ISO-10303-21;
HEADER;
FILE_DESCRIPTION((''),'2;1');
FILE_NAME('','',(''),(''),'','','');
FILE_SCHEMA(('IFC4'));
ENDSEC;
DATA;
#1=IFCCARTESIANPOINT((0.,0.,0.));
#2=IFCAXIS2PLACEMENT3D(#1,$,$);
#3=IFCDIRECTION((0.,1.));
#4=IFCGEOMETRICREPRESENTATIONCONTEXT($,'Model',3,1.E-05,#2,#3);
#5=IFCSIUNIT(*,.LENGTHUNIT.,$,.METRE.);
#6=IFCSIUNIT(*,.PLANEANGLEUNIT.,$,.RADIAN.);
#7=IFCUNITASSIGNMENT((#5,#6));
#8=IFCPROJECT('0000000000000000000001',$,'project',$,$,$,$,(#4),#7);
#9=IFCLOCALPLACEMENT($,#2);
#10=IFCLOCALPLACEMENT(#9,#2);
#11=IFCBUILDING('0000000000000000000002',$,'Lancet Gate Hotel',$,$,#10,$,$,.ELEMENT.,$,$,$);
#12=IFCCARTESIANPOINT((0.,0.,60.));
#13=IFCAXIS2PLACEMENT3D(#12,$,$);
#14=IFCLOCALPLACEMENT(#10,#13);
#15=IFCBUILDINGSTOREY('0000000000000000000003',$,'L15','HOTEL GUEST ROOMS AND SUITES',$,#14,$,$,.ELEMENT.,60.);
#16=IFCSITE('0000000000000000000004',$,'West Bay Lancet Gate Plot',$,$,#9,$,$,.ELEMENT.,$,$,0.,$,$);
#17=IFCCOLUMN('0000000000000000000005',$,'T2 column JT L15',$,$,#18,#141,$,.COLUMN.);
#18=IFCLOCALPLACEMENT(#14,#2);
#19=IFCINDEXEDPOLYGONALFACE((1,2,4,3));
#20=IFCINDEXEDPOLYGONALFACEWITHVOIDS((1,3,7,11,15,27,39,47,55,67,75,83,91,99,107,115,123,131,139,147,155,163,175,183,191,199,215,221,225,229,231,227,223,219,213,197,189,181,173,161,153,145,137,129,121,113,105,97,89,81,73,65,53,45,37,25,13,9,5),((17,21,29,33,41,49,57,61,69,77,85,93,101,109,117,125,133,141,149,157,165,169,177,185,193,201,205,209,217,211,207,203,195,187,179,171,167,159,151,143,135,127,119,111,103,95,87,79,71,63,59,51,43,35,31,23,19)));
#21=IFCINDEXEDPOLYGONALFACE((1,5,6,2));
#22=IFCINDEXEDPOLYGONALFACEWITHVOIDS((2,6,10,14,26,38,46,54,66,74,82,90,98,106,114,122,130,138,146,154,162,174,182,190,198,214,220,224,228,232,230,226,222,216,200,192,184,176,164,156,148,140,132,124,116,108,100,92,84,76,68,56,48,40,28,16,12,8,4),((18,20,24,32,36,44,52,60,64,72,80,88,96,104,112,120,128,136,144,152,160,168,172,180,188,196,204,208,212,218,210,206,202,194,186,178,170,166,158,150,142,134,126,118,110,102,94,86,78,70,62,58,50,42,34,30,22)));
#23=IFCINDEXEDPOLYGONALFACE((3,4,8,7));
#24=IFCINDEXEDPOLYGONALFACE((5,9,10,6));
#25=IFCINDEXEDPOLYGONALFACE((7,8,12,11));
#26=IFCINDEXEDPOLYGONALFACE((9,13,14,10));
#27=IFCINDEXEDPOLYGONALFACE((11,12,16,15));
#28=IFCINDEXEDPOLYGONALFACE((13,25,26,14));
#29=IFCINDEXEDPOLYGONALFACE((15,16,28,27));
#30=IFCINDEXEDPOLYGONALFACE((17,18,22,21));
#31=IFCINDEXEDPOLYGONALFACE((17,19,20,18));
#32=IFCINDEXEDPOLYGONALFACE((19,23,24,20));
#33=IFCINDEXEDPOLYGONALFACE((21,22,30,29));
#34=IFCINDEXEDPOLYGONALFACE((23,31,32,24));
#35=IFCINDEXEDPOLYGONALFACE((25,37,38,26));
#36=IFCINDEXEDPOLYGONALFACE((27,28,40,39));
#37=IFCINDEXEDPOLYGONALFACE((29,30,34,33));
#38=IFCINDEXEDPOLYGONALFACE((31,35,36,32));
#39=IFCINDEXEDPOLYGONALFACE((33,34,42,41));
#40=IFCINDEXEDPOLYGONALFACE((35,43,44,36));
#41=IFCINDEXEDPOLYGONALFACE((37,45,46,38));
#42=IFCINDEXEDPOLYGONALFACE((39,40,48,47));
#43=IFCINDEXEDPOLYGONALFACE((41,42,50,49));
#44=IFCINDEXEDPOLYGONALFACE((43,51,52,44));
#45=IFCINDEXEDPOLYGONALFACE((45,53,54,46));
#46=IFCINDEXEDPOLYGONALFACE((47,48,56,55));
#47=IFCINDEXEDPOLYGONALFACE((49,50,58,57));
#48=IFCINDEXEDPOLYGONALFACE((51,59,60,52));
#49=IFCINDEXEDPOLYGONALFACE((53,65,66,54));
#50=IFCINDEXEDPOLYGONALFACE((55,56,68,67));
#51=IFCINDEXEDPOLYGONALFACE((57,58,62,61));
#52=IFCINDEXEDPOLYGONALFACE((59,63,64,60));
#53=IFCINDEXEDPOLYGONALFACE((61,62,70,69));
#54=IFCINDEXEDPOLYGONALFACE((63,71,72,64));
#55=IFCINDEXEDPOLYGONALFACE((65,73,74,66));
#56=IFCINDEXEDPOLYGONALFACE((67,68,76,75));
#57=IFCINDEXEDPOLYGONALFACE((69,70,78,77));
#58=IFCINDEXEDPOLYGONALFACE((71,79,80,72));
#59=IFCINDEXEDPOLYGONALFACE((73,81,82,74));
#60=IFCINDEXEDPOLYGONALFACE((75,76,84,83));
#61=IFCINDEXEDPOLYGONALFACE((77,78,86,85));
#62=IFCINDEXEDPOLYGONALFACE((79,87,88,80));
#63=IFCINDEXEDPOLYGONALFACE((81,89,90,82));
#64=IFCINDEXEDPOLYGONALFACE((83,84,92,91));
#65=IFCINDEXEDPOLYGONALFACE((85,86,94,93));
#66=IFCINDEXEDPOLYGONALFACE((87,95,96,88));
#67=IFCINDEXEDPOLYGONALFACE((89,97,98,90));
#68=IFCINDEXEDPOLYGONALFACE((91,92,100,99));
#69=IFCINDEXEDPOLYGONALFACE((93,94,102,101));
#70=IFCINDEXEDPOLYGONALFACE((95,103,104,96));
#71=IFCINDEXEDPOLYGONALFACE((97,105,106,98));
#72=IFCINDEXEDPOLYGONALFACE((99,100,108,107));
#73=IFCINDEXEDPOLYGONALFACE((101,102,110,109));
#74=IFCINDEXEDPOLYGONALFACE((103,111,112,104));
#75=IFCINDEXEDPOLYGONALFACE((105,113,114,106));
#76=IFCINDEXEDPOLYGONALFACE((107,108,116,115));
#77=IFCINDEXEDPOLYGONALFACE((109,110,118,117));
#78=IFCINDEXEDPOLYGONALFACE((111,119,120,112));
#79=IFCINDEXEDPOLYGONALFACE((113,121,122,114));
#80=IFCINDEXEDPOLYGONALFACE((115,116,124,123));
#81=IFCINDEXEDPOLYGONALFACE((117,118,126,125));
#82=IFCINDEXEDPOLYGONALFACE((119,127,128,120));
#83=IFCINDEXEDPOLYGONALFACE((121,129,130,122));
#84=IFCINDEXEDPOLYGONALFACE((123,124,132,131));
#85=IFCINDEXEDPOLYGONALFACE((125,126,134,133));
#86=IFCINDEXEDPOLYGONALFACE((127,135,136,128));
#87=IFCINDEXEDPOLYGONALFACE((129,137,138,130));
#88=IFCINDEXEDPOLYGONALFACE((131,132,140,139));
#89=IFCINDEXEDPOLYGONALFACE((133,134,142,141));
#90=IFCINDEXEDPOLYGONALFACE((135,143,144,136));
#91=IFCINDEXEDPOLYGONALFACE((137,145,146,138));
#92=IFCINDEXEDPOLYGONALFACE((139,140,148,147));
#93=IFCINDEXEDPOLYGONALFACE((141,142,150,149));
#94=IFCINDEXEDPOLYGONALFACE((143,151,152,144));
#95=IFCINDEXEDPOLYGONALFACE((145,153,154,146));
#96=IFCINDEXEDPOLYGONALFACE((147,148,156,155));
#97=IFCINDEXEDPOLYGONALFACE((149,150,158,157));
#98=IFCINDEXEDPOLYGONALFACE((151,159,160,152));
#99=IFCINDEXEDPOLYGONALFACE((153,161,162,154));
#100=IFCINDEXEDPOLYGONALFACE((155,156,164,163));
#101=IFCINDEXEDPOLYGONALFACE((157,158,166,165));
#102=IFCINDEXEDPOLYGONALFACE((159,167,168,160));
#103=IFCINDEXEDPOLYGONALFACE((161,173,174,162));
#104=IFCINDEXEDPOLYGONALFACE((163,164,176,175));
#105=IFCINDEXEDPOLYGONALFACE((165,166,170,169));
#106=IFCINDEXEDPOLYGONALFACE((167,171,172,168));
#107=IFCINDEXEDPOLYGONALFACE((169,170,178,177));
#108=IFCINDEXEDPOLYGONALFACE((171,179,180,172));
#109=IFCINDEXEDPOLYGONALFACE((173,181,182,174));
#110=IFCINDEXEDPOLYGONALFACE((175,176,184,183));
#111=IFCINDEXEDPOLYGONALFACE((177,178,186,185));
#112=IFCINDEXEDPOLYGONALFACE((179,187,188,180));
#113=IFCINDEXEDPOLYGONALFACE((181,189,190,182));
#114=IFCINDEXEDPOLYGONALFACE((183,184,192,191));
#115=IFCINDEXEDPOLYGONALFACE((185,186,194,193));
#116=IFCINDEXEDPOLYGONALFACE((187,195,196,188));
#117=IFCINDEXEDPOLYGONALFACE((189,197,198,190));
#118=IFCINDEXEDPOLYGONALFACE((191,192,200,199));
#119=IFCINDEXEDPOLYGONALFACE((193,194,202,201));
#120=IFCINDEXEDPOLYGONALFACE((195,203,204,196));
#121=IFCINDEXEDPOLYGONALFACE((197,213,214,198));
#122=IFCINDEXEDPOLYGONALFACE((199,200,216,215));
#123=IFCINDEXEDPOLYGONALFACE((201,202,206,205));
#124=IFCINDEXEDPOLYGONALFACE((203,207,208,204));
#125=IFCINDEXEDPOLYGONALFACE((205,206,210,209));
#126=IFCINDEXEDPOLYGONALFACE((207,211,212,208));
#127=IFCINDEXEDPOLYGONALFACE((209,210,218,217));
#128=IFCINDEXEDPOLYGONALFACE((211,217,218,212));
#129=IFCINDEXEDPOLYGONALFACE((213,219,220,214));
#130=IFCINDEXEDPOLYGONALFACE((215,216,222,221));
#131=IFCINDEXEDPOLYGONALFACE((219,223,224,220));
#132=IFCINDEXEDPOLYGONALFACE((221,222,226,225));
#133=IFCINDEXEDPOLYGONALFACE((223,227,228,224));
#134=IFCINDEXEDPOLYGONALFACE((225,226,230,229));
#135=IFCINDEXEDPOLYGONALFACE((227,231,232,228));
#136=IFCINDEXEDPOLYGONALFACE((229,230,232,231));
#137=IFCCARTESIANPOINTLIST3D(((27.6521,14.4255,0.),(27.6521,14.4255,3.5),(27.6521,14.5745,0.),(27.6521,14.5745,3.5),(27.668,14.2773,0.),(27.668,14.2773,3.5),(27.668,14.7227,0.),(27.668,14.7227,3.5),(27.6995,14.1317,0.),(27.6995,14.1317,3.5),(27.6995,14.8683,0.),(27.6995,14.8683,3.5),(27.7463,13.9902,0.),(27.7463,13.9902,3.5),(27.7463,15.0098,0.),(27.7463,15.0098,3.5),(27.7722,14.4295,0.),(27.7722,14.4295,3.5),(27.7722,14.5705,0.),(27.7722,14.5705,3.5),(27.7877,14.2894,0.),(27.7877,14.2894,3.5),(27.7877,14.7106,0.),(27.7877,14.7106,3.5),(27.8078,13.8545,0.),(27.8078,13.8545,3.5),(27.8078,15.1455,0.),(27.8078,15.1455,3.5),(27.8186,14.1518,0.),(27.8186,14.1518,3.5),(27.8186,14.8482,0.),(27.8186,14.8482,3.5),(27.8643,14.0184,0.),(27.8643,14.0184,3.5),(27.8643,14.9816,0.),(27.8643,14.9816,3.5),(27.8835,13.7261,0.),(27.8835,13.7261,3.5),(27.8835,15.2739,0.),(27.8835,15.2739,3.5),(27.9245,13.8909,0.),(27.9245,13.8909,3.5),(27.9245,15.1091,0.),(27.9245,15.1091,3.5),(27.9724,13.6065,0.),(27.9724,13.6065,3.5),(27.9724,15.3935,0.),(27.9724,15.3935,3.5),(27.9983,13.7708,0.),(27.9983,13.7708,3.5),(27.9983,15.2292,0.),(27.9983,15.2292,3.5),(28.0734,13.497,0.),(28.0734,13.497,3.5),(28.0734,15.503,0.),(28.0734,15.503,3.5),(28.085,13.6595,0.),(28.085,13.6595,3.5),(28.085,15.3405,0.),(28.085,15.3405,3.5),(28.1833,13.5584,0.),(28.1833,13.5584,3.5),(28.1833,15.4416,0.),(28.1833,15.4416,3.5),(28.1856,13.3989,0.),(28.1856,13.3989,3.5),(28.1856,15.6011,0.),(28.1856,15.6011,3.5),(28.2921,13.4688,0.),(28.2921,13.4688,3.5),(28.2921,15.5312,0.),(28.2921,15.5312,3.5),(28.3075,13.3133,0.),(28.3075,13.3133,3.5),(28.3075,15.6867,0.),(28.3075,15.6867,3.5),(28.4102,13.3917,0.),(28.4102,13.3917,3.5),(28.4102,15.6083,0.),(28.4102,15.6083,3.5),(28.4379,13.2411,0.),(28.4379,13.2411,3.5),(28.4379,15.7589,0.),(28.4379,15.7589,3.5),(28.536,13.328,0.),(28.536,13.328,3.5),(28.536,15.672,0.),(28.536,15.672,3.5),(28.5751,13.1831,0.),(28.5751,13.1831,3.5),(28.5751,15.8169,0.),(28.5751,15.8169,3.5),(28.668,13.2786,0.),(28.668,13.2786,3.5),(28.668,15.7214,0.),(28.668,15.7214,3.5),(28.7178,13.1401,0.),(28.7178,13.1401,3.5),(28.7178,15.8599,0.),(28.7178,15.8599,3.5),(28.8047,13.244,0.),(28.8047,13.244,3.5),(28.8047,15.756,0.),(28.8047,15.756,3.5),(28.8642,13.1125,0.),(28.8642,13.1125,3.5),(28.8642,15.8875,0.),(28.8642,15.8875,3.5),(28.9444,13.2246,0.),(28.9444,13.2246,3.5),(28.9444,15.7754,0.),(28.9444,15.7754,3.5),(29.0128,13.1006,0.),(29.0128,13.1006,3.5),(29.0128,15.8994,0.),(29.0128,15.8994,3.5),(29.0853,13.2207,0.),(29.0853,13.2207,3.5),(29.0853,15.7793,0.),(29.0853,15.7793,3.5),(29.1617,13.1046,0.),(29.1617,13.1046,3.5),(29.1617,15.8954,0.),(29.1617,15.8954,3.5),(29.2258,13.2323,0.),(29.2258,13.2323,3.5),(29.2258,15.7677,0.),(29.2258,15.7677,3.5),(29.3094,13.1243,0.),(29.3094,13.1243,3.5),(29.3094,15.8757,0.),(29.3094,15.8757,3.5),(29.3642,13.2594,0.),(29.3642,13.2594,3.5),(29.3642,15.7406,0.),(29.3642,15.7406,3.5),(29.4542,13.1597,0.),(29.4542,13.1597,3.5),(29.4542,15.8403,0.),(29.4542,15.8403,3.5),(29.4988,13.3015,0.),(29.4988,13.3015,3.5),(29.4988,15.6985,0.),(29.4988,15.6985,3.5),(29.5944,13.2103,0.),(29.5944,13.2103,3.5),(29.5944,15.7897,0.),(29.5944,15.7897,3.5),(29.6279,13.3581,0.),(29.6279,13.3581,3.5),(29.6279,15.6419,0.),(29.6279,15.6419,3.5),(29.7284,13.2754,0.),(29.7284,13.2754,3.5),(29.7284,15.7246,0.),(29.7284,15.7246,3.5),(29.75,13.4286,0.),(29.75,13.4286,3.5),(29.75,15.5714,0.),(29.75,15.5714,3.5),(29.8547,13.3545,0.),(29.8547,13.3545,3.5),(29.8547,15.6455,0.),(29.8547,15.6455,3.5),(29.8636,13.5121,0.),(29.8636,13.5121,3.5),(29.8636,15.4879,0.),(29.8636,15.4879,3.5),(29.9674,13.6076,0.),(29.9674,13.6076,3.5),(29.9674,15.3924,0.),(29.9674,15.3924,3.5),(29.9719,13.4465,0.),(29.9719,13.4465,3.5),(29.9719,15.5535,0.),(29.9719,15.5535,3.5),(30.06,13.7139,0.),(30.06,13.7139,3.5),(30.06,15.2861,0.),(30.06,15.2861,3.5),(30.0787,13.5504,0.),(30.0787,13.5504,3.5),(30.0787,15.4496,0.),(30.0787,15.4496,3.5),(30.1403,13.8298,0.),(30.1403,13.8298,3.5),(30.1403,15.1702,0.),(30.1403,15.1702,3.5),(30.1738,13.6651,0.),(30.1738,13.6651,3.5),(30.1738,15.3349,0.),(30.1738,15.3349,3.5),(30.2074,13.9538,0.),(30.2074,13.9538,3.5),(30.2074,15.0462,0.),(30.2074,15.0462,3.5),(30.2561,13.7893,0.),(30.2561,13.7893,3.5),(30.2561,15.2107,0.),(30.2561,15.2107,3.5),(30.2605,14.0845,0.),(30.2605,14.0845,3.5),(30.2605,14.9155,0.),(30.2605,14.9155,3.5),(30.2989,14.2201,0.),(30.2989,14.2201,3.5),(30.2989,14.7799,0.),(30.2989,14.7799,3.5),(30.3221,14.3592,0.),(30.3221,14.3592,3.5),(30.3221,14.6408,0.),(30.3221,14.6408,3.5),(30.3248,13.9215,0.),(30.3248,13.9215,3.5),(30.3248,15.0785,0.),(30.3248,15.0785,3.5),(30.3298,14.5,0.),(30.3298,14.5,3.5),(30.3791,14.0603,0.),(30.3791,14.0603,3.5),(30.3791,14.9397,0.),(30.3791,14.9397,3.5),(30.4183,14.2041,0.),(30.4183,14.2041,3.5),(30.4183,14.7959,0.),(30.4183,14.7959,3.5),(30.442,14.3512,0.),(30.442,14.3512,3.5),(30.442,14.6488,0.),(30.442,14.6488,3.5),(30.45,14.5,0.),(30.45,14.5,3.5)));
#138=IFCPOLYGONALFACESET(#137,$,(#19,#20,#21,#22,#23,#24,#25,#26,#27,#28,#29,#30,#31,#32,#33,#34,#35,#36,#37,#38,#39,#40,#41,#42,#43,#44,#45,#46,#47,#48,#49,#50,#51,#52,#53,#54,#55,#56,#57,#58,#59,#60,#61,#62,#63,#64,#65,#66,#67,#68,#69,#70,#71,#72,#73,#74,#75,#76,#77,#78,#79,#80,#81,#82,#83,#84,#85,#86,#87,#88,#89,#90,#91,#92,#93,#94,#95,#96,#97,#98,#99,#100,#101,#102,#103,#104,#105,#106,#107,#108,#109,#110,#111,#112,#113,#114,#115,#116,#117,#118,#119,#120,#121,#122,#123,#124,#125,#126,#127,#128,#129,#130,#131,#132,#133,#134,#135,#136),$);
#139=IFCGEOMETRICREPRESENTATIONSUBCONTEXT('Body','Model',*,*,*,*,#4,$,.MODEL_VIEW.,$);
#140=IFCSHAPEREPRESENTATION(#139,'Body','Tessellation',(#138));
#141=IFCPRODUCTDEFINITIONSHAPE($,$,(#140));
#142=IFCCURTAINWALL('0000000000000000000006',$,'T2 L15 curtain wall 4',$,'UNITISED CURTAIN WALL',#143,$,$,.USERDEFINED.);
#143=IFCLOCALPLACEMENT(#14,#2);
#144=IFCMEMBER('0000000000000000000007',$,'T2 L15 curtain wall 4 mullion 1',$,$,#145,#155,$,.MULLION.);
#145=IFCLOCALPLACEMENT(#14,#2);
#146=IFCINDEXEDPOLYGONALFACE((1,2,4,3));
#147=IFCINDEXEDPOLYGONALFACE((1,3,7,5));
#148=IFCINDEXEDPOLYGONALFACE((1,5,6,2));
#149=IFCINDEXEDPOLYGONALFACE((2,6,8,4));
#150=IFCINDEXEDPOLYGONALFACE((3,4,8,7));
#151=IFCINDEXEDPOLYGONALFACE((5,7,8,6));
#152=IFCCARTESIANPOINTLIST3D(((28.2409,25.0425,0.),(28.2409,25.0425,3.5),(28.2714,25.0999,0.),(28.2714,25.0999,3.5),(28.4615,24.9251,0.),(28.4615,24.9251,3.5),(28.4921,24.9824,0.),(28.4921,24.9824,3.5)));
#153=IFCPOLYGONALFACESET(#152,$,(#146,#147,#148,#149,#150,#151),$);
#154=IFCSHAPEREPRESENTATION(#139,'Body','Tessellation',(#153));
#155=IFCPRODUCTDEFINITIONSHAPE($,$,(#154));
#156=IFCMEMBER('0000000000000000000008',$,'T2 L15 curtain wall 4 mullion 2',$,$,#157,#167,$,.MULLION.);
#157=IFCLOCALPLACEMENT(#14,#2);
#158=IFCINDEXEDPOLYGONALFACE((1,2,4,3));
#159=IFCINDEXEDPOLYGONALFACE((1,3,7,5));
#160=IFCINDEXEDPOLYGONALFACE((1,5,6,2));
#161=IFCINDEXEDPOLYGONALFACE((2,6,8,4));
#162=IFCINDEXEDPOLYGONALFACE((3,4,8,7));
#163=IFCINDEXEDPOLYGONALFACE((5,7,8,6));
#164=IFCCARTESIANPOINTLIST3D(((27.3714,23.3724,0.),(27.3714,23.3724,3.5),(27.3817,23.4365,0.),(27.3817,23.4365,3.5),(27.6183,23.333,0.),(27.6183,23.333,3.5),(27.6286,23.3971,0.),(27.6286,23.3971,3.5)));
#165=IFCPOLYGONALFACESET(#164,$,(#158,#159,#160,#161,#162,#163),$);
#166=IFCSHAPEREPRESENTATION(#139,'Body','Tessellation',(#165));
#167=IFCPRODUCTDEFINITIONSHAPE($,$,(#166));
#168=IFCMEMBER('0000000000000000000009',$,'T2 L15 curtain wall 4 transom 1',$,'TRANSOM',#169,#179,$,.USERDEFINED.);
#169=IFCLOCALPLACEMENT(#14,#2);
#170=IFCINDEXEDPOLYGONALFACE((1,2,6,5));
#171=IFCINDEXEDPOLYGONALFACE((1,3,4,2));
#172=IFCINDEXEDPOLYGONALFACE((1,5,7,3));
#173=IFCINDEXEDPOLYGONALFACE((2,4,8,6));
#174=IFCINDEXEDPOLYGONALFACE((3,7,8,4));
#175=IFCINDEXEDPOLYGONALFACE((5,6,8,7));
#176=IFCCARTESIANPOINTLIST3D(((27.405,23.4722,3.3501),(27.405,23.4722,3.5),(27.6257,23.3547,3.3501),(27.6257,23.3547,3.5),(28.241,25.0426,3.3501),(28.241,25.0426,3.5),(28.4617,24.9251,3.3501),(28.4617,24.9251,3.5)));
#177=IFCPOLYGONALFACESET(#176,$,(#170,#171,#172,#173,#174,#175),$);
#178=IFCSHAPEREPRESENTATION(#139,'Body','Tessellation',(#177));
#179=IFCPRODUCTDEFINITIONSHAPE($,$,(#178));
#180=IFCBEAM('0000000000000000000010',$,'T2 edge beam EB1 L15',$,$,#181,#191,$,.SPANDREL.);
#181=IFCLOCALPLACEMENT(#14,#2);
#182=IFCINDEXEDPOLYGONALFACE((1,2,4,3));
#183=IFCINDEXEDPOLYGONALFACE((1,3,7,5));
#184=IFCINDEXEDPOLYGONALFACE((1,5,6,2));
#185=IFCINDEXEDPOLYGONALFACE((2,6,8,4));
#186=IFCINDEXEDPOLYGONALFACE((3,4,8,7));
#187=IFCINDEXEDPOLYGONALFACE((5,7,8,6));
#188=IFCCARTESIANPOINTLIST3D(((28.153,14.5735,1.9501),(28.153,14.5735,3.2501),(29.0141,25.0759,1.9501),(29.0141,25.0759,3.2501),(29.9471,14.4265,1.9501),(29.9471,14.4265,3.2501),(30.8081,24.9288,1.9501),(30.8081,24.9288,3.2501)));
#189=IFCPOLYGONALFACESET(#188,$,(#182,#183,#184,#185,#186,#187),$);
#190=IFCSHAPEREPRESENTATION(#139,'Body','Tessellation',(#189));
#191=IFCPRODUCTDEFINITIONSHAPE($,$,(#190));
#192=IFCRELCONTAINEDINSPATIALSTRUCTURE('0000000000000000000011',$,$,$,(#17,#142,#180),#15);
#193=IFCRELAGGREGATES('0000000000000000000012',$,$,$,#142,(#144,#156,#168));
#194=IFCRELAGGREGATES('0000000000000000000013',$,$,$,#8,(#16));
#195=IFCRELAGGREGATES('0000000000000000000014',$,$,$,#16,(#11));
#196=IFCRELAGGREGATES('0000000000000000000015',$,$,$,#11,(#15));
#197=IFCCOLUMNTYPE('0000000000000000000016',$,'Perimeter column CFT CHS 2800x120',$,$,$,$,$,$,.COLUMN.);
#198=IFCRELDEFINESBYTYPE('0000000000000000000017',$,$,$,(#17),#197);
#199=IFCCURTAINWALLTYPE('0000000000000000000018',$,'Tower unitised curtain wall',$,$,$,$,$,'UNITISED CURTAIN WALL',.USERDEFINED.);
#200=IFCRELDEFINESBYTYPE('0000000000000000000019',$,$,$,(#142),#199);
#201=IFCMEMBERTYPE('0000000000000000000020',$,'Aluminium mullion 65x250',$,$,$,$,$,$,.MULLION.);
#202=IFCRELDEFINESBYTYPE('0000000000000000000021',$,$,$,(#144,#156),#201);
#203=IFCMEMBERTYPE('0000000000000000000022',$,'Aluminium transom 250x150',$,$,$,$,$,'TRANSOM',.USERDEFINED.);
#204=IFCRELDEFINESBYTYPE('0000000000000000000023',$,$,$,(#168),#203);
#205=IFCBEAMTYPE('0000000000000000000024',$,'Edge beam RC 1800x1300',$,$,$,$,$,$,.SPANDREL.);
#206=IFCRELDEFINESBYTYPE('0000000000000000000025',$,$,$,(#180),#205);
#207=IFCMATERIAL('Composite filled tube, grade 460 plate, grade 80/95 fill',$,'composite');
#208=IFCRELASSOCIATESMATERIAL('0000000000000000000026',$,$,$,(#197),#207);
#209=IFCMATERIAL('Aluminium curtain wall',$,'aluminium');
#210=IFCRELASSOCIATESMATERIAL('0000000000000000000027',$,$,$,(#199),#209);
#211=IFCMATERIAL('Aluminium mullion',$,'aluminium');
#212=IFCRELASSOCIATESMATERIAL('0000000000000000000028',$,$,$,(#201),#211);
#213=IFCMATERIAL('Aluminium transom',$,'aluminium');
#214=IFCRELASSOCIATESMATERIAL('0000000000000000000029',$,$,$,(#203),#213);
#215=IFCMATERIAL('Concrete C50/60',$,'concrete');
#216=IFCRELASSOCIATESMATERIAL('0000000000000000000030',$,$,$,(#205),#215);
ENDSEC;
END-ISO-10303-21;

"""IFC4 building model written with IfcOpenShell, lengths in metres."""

from ifc_helpers import new_model, si_unit, direction, frame, origin, origin_2d, place, context, subcontext, project, spatial, rectangle, hollow_circle, extrude, material, material_profile, profile_set, type_object, element, aggregate, save


model = new_model("IFC4")

# Units and contexts
model_context = context("Model", 3, precision=1e-05, world=origin(), true_north=direction((0.0, 1.0)))
body_context = subcontext(model_context, "Body", "Model", "MODEL_VIEW")
ifc_project = project(units=[si_unit("LENGTHUNIT", "METRE"), si_unit("PLANEANGLEUNIT", "RADIAN")], contexts=[model_context])

# Site, building, storey
site_placement = place(None, origin())
site = spatial("IfcSite", under=ifc_project, at=site_placement, Name="West Bay Lancet Gate Plot", CompositionType="ELEMENT", RefElevation=0.0)
building_placement = place(site_placement, origin())
building = spatial("IfcBuilding", under=site, at=building_placement, Name="Lancet Gate Hotel", CompositionType="ELEMENT")
storey_placement = place(building_placement, frame((0.0, 0.0, 60.0)))
storey = spatial("IfcBuildingStorey", under=building, at=storey_placement, Name="L15", Description="HOTEL GUEST ROOMS AND SUITES", CompositionType="ELEMENT", Elevation=60.0)

# Column
ifc_material_1 = material(Name="Composite filled tube, grade 460 plate, grade 80/95 fill", Category="composite")
ifc_material_profile_1 = material_profile(ifc_material_1, hollow_circle(Radius=1.3999, WallThickness=0.1201, at=origin_2d()), Name="CHS 2800x120")
ifc_profile_set_1 = profile_set([ifc_material_profile_1], Name="Composite filled tube, grade 460 plate, grade 80/95 fill")
column_type = type_object("IfcColumnType", Name="Perimeter column CFT CHS 2800x120", PredefinedType="COLUMN", material=ifc_profile_set_1)
for number, where, z_axis, x_axis, name in (
    (1, (29.05, 14.5, 0.0), (0.0, 0.0, 1.0), (1.0, 0.0, 0.0), "T2 column JT L15"),
):
    element("IfcColumn", number, at=place(storey_placement, frame(where, z_axis=z_axis, x_axis=x_axis)), inside=storey, type_object=column_type, Name=name, PredefinedType="COLUMN", context=body_context, shape_type="SweptSolid", body=[
        extrude(hollow_circle(Radius=1.3999, WallThickness=0.1201, at=origin_2d()), origin(), (0.0, 0.0, 1.0), 3.5),
    ])

# Curtain wall, members
ifc_material_2 = material(Name="Aluminium curtain wall", Category="aluminium")
curtain_wall_type = type_object("IfcCurtainWallType", Name="Tower unitised curtain wall", ElementType="UNITISED CURTAIN WALL", PredefinedType="USERDEFINED", material=ifc_material_2)
curtain_wall_placement = place(storey_placement, origin())
curtain_wall = element("IfcCurtainWall", 2, at=curtain_wall_placement, inside=storey, type_object=curtain_wall_type, Name="T2 L15 curtain wall 4", ObjectType="UNITISED CURTAIN WALL", PredefinedType="USERDEFINED")
ifc_material_3 = material(Name="Aluminium mullion", Category="aluminium")
ifc_material_profile_2 = material_profile(ifc_material_3, rectangle(XDim=0.0649, YDim=0.25, at=origin_2d()), Name="MULLION 65x250")
ifc_profile_set_2 = profile_set([ifc_material_profile_2], Name="Aluminium mullion")
member_type_1 = type_object("IfcMemberType", Name="Aluminium mullion 65x250", PredefinedType="MULLION", material=ifc_profile_set_2)
member_1_placement = place(storey_placement, frame((28.3665, 25.0125, 0.0), z_axis=(0.0, 0.0, 1.0), x_axis=(-0.469898, -0.882721, 0.0)))
member_1 = element("IfcMember", 3, at=member_1_placement, type_object=member_type_1, Name="T2 L15 curtain wall 4 mullion 1", PredefinedType="MULLION", context=body_context, shape_type="SweptSolid", body=[
    extrude(rectangle(XDim=0.0649, YDim=0.25, at=origin_2d()), origin(), (0.0, 0.0, 1.0), 3.5),
])
member_2_placement = place(storey_placement, frame((27.5, 23.3848, 0.0), z_axis=(0.0, 0.0, 1.0), x_axis=(-0.157752, -0.987479, 0.0)))
member_2 = element("IfcMember", 4, at=member_2_placement, type_object=member_type_1, Name="T2 L15 curtain wall 4 mullion 2", PredefinedType="MULLION", context=body_context, shape_type="SweptSolid", body=[
    extrude(rectangle(XDim=0.0649, YDim=0.25, at=origin_2d()), origin(), (0.0, 0.0, 1.0), 3.5),
])
ifc_material_4 = material(Name="Aluminium transom", Category="aluminium")
ifc_material_profile_3 = material_profile(ifc_material_4, rectangle(XDim=0.25, YDim=0.1499, at=origin_2d()), Name="TRANSOM 250x150")
ifc_profile_set_3 = profile_set([ifc_material_profile_3], Name="Aluminium transom")
member_type_2 = type_object("IfcMemberType", Name="Aluminium transom 250x150", ElementType="TRANSOM", PredefinedType="USERDEFINED", material=ifc_profile_set_3)
member_3_placement = place(storey_placement, frame((28.3513, 24.9839, 3.425), z_axis=(-0.469904, -0.882717, 0.0), x_axis=(0.882717, -0.469904, 0.0)))
member_3 = element("IfcMember", 5, at=member_3_placement, type_object=member_type_2, Name="T2 L15 curtain wall 4 transom 1", ObjectType="TRANSOM", PredefinedType="USERDEFINED", context=body_context, shape_type="SweptSolid", body=[
    extrude(rectangle(XDim=0.25, YDim=0.1499, at=origin_2d()), origin(), (0.0, 0.0, 1.0), 1.7791),
])

# Beam
ifc_material_5 = material(Name="Concrete C50/60", Category="concrete")
ifc_material_profile_4 = material_profile(ifc_material_5, rectangle(XDim=1.8, YDim=1.3, at=origin_2d()), Name="RC 1800x1300")
ifc_profile_set_4 = profile_set([ifc_material_profile_4], Name="Concrete C50/60")
beam_type_1 = type_object("IfcBeamType", Name="Edge beam RC 1800x1300", PredefinedType="SPANDREL", material=ifc_profile_set_4)
beam_1_placement = place(storey_placement, frame((29.05, 14.5, 2.6001), z_axis=(0.081715, 0.996656, 0.0), x_axis=(-0.996656, 0.081715, 0.0)))
element("IfcBeam", 6, at=beam_1_placement, inside=storey, type_object=beam_type_1, Name="T2 edge beam EB1 L15", PredefinedType="SPANDREL", context=body_context, shape_type="SweptSolid", body=[
    extrude(rectangle(XDim=1.8, YDim=1.3, at=origin_2d()), origin(), (0.0, 0.0, 1.0), 10.5376),
])

aggregate(curtain_wall, [member_1, member_2, member_3])

save(model, "model.ifc")
